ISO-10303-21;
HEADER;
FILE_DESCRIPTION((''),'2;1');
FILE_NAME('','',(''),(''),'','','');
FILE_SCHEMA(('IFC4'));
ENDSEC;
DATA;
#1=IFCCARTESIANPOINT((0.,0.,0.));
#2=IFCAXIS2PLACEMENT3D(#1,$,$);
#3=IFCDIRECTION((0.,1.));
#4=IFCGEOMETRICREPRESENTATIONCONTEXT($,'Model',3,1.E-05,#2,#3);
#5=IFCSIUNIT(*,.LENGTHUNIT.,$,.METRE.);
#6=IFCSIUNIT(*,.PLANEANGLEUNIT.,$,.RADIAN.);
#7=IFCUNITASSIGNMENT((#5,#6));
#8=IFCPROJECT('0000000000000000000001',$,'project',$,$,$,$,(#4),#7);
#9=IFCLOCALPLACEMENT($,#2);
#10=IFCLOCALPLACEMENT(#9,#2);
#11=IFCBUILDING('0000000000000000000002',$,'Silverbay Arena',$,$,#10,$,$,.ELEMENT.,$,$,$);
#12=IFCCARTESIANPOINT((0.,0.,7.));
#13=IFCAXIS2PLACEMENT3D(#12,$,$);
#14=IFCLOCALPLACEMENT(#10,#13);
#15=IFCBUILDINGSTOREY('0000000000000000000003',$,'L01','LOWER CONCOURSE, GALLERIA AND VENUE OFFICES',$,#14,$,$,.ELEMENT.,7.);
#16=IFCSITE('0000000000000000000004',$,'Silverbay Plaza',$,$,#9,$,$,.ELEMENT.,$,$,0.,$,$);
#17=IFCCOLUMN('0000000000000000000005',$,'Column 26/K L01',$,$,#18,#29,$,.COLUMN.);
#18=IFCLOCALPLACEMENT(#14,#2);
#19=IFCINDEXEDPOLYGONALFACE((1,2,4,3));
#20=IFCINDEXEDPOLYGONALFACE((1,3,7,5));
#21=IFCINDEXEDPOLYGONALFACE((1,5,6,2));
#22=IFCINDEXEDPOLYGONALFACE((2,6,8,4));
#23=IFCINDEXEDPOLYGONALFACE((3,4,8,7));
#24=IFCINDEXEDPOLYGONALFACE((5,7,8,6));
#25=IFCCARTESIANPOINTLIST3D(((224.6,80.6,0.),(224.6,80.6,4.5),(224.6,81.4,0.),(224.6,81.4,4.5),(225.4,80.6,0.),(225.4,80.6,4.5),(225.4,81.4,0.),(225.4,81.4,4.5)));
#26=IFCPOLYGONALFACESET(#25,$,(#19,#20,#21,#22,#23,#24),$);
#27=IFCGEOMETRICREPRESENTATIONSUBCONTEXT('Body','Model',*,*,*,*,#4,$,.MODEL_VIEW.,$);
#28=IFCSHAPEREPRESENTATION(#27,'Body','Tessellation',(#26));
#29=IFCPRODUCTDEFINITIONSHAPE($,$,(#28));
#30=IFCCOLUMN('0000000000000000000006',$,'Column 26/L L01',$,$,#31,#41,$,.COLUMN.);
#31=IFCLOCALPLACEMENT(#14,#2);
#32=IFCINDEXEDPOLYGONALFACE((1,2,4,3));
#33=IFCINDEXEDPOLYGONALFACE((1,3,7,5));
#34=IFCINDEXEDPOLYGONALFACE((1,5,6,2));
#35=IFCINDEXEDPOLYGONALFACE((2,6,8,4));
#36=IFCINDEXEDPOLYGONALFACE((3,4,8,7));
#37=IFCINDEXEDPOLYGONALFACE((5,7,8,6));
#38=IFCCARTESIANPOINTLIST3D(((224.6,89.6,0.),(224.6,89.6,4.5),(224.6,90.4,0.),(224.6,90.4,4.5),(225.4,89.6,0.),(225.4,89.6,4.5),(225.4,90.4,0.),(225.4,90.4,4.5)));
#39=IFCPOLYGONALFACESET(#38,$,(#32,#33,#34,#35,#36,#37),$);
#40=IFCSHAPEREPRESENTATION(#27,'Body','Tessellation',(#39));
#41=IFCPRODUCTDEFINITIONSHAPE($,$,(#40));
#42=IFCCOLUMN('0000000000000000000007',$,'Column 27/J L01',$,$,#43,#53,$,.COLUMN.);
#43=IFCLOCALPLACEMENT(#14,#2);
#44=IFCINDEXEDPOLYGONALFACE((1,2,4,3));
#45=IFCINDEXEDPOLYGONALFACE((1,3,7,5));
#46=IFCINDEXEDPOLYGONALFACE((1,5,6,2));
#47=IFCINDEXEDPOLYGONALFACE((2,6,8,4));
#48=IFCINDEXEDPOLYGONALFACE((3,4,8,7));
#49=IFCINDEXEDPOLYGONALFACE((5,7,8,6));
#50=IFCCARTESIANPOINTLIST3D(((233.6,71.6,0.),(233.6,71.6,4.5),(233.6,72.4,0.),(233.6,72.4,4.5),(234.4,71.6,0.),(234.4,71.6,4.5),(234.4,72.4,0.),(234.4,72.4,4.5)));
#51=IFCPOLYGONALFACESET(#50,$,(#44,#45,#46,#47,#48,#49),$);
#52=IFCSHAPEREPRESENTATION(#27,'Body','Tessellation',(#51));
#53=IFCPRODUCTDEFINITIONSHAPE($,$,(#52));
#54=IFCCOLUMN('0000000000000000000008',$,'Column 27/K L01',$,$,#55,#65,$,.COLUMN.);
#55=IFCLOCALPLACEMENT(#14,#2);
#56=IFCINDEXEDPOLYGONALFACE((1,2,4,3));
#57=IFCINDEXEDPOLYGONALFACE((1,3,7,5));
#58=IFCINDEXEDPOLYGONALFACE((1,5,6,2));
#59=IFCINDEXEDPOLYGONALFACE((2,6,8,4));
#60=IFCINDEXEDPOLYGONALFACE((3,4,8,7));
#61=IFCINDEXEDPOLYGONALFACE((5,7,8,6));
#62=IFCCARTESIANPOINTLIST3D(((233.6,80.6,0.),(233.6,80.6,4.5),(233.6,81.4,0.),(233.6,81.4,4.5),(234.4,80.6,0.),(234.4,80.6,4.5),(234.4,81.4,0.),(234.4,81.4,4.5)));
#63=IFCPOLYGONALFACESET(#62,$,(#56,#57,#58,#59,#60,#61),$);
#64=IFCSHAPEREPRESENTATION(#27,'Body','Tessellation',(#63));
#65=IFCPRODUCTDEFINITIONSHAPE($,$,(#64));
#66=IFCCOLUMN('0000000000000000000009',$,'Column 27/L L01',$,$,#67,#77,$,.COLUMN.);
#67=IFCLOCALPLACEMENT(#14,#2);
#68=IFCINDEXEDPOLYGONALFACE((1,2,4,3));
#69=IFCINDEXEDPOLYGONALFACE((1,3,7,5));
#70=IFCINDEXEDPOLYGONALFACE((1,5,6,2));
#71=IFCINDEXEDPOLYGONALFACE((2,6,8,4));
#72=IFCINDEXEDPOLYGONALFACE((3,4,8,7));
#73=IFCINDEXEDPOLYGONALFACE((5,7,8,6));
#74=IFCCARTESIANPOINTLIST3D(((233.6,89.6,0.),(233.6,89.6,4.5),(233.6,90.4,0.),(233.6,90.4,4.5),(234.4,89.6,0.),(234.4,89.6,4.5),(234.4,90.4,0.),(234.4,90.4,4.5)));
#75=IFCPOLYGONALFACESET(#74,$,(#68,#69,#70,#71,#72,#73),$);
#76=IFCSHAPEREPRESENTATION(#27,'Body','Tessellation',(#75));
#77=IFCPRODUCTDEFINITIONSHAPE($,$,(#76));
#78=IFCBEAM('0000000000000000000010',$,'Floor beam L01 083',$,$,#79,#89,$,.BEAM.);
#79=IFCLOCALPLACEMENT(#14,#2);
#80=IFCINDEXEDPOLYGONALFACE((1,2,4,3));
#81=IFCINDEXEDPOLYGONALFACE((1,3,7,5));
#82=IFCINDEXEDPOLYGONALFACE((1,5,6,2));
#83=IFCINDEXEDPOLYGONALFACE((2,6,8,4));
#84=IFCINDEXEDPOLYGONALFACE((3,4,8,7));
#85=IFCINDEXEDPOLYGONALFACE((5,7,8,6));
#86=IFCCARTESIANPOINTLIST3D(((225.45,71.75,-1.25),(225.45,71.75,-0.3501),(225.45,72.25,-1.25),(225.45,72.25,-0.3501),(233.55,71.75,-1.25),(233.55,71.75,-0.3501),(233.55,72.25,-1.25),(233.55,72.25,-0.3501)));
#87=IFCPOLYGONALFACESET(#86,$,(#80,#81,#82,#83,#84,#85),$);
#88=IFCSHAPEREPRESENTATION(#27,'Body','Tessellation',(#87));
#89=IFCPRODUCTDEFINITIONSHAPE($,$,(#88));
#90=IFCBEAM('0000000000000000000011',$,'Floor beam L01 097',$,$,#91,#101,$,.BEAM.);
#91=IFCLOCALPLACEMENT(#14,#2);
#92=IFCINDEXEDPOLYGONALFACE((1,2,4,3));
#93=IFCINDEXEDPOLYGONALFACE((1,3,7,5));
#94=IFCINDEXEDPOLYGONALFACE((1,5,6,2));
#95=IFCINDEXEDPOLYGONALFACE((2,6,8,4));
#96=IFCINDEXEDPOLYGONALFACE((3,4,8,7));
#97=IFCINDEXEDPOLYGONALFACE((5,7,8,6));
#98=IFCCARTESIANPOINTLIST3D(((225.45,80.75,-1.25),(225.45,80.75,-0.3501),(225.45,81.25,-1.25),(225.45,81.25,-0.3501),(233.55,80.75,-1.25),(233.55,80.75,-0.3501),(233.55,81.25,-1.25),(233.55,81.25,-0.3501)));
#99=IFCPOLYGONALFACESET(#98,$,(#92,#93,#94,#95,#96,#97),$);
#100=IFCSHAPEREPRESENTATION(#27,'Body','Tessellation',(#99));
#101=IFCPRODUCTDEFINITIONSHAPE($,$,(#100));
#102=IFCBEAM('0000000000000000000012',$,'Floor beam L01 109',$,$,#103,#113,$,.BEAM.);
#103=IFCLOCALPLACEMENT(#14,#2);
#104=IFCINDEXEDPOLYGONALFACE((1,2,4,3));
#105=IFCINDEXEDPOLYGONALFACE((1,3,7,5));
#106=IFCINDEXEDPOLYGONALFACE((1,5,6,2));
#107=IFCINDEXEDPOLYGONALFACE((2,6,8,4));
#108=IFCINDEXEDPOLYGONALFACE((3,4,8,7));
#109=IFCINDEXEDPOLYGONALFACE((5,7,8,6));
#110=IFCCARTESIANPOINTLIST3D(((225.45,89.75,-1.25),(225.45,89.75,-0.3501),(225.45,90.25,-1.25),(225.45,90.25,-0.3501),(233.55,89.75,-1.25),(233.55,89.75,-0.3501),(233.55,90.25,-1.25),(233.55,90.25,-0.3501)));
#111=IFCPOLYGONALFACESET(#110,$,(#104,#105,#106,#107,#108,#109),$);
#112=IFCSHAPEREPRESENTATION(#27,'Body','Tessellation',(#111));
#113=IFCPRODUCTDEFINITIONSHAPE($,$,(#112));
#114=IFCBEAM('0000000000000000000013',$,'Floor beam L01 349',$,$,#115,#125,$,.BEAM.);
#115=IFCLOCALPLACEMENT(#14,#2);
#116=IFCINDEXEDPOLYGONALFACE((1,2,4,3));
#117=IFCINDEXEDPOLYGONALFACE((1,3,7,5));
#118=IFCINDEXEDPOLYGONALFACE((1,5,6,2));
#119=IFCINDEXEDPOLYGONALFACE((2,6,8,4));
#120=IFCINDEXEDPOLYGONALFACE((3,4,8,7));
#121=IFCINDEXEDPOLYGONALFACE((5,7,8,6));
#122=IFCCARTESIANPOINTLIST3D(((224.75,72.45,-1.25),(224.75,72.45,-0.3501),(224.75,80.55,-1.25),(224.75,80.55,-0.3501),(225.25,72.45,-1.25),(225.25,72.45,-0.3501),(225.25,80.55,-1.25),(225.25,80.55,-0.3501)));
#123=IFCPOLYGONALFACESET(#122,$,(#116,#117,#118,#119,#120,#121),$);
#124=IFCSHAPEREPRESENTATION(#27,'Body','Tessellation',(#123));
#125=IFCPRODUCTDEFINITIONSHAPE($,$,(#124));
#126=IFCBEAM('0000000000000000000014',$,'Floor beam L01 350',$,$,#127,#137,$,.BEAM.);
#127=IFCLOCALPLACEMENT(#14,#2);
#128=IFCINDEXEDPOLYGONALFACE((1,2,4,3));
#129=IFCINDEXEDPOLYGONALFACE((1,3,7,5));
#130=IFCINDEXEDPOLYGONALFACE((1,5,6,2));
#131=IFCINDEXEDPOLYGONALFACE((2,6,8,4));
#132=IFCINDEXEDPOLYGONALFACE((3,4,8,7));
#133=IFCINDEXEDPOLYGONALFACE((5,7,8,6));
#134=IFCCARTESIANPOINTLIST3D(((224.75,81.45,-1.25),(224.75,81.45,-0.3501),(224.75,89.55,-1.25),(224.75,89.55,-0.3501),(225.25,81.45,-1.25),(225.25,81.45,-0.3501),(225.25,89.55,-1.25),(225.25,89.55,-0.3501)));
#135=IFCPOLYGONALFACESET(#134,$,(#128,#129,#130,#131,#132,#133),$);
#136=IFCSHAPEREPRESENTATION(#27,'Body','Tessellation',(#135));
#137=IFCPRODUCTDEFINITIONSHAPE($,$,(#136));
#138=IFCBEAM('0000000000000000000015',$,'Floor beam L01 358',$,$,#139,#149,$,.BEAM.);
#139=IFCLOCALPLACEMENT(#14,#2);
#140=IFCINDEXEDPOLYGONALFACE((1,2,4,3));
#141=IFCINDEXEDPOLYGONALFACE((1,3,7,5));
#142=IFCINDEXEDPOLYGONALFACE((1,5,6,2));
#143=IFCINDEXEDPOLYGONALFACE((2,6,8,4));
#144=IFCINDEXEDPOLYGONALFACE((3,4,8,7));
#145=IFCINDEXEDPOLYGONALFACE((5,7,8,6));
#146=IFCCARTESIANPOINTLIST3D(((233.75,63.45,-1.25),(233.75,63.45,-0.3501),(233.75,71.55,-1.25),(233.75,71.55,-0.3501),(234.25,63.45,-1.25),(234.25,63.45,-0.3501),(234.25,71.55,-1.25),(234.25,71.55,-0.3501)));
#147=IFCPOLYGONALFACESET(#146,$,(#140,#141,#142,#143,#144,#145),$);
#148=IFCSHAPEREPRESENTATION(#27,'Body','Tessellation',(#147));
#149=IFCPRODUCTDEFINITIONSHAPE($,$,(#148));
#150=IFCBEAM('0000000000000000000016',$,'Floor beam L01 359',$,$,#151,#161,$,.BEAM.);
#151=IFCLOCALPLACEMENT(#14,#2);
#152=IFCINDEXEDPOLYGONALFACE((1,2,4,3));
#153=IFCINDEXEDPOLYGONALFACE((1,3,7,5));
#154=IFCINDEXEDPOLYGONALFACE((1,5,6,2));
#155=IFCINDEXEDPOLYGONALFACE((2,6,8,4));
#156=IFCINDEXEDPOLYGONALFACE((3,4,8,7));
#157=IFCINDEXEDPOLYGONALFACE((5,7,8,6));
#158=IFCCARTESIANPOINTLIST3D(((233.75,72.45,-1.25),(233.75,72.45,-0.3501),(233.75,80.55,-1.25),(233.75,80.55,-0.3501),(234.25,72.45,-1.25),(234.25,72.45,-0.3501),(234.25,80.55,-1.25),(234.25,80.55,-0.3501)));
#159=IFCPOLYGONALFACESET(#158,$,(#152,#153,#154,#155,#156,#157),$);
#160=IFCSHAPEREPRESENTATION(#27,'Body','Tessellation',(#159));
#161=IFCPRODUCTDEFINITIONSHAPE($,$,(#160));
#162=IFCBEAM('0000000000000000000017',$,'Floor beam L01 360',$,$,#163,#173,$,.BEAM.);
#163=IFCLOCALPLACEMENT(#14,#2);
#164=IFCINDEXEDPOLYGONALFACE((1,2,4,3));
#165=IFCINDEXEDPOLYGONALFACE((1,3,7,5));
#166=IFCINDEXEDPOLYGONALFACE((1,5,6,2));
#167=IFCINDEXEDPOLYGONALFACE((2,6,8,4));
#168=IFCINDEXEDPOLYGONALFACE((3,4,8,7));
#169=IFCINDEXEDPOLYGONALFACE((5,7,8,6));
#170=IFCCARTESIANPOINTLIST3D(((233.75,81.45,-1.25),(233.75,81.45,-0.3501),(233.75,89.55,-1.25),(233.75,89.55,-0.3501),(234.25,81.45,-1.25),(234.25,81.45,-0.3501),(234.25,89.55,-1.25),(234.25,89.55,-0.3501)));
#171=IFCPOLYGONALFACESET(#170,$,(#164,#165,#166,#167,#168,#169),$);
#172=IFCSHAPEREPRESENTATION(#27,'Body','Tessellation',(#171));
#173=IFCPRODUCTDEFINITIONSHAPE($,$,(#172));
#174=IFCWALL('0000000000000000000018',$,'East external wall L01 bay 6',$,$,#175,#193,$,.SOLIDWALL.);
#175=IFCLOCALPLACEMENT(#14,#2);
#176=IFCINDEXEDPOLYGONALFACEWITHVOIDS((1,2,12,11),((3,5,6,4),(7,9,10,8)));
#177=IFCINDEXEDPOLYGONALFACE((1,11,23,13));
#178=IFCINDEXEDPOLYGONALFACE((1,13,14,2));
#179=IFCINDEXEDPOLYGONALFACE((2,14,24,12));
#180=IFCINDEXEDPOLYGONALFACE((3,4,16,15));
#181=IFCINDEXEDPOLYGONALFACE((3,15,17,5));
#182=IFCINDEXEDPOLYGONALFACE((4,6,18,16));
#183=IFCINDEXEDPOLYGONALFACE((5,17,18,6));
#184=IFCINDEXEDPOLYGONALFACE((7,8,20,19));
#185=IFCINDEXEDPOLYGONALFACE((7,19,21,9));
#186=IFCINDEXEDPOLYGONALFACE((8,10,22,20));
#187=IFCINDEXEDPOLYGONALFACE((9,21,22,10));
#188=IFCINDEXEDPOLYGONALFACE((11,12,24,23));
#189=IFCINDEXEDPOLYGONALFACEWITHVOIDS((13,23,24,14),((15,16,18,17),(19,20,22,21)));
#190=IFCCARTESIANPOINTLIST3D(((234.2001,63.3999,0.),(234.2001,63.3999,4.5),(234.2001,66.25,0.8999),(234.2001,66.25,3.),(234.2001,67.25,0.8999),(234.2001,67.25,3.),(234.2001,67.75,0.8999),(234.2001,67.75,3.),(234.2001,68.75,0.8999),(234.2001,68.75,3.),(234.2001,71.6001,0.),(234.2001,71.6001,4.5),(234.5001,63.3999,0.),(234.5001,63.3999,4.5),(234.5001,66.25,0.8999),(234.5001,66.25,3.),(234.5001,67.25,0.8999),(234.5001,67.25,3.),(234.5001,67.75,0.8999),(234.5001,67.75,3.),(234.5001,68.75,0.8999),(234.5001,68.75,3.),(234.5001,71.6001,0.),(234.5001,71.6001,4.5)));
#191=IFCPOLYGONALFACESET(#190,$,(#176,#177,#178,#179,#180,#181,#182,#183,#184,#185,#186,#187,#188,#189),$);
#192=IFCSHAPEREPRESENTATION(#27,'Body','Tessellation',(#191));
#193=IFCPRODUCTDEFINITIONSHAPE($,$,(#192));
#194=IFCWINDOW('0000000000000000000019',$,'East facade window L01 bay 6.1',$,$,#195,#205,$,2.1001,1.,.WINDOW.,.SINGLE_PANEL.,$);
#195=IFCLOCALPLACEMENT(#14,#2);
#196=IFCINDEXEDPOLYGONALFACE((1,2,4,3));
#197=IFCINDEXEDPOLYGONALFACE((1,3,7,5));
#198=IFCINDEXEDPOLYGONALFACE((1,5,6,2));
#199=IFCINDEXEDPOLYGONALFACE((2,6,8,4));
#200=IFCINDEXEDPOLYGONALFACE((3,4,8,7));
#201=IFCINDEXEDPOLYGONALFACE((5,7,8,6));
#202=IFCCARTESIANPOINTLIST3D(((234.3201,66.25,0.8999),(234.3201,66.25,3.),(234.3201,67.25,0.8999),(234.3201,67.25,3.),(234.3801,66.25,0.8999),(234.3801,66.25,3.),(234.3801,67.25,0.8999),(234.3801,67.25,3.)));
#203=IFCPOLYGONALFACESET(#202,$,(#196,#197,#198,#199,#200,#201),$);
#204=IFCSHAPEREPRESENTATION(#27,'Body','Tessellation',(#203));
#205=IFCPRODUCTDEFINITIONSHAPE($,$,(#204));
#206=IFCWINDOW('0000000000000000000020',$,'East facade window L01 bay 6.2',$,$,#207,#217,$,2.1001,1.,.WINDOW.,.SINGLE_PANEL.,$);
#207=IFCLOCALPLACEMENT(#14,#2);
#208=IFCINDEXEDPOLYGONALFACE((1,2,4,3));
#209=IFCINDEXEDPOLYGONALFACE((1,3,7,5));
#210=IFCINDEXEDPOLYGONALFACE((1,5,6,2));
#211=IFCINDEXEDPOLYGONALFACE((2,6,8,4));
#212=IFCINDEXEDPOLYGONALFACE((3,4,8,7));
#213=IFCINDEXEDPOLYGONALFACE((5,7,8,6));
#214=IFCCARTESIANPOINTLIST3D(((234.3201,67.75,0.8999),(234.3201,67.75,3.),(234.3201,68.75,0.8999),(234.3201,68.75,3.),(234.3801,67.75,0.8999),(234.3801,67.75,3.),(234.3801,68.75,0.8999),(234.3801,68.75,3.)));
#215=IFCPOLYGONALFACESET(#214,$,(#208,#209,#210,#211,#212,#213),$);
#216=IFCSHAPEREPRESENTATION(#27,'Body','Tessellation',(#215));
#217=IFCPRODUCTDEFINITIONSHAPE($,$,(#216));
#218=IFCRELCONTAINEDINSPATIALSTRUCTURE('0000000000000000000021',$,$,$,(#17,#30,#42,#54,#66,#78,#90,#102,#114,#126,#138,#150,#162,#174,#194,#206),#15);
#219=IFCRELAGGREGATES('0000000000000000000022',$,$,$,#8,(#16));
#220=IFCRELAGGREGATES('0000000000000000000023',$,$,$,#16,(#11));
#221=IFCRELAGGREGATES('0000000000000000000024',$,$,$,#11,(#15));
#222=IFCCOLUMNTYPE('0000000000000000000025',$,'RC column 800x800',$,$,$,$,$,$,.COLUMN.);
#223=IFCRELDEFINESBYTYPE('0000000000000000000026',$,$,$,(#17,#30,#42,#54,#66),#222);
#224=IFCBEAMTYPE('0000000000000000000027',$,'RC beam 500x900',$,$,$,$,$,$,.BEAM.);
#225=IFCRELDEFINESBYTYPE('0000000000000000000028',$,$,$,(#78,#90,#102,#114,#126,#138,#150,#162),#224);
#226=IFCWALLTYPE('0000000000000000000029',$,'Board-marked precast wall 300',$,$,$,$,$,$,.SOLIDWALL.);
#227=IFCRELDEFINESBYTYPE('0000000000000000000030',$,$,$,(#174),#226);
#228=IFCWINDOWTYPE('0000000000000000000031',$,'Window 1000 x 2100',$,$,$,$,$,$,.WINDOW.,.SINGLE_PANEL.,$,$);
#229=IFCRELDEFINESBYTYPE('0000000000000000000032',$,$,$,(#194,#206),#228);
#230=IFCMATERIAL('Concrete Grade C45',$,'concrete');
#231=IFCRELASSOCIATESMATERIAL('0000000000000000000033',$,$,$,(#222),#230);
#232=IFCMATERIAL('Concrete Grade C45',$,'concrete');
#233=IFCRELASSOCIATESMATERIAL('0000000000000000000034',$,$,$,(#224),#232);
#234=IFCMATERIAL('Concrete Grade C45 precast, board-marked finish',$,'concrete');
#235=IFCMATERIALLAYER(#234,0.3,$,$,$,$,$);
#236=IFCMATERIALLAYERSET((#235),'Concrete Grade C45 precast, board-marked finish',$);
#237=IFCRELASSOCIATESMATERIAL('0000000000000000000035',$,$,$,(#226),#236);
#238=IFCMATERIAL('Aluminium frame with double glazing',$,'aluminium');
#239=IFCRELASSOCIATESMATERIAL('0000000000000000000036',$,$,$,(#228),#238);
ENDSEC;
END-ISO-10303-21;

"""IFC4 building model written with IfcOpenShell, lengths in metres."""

from ifc_helpers import new_model, si_unit, direction, frame, frame_2d, origin, origin_2d, place, context, subcontext, project, spatial, rectangle, extrude, material, layer, layer_set, material_profile, profile_set, type_object, element, fill, save


model = new_model("IFC4")

# Units and contexts
model_context = context("Model", 3, precision=1e-05, world=origin(), true_north=direction((0.0, 1.0)))
body_context = subcontext(model_context, "Body", "Model", "MODEL_VIEW")
ifc_project = project(units=[si_unit("LENGTHUNIT", "METRE"), si_unit("PLANEANGLEUNIT", "RADIAN")], contexts=[model_context])

# Site, building, storey
site_placement = place(None, origin())
site = spatial("IfcSite", under=ifc_project, at=site_placement, Name="Silverbay Plaza", CompositionType="ELEMENT", RefElevation=0.0)
building_placement = place(site_placement, origin())
building = spatial("IfcBuilding", under=site, at=building_placement, Name="Silverbay Arena", CompositionType="ELEMENT")
storey_placement = place(building_placement, frame((0.0, 0.0, 7.0)))
storey = spatial("IfcBuildingStorey", under=building, at=storey_placement, Name="L01", Description="LOWER CONCOURSE, GALLERIA AND VENUE OFFICES", CompositionType="ELEMENT", Elevation=7.0)

# Columns
ifc_material_1 = material(Name="Concrete Grade C45", Category="concrete")
ifc_material_profile_1 = material_profile(ifc_material_1, rectangle(XDim=0.8, YDim=0.8, at=origin_2d()), Name="RC 800x800")
ifc_profile_set_1 = profile_set([ifc_material_profile_1], Name="Concrete Grade C45")
column_type = type_object("IfcColumnType", Name="RC column 800x800", PredefinedType="COLUMN", material=ifc_profile_set_1)
for number, where, z_axis, x_axis, name in (
    (1, (225.0, 81.0, 0.0), (0.0, 0.0, 1.0), (1.0, 0.0, 0.0), "Column 26/K L01"),
    (2, (225.0, 90.0, 0.0), (0.0, 0.0, 1.0), (1.0, 0.0, 0.0), "Column 26/L L01"),
    (3, (234.0, 72.0, 0.0), (0.0, 0.0, 1.0), (1.0, 0.0, 0.0), "Column 27/J L01"),
    (4, (234.0, 81.0, 0.0), (0.0, 0.0, 1.0), (1.0, 0.0, 0.0), "Column 27/K L01"),
    (5, (234.0, 90.0, 0.0), (0.0, 0.0, 1.0), (1.0, 0.0, 0.0), "Column 27/L L01"),
):
    element("IfcColumn", number, at=place(storey_placement, frame(where, z_axis=z_axis, x_axis=x_axis)), inside=storey, type_object=column_type, Name=name, PredefinedType="COLUMN", context=body_context, shape_type="SweptSolid", body=[
        extrude(rectangle(XDim=0.8, YDim=0.8, at=origin_2d()), origin(), (0.0, 0.0, 1.0), 4.5),
    ])

# Beams
ifc_material_2 = material(Name="Concrete Grade C45", Category="concrete")
ifc_material_profile_2 = material_profile(ifc_material_2, rectangle(XDim=0.5, YDim=0.8999, at=origin_2d()), Name="RC 500x900")
ifc_profile_set_2 = profile_set([ifc_material_profile_2], Name="Concrete Grade C45")
beam_type = type_object("IfcBeamType", Name="RC beam 500x900", PredefinedType="BEAM", material=ifc_profile_set_2)
for number, where, z_axis, x_axis, name in (
    (6, (225.45, 72.0, -0.8), (1.0, 0.0, 0.0), (0.0, 1.0, 0.0), "Floor beam L01 083"),
    (7, (225.45, 81.0, -0.8), (1.0, 0.0, 0.0), (0.0, 1.0, 0.0), "Floor beam L01 097"),
    (8, (225.45, 90.0, -0.8), (1.0, 0.0, 0.0), (0.0, 1.0, 0.0), "Floor beam L01 109"),
    (9, (225.0, 72.45, -0.8), (0.0, 1.0, 0.0), (-1.0, 0.0, 0.0), "Floor beam L01 349"),
    (10, (225.0, 81.45, -0.8), (0.0, 1.0, 0.0), (-1.0, 0.0, 0.0), "Floor beam L01 350"),
    (11, (234.0, 63.45, -0.8), (0.0, 1.0, 0.0), (-1.0, 0.0, 0.0), "Floor beam L01 358"),
    (12, (234.0, 72.45, -0.8), (0.0, 1.0, 0.0), (-1.0, 0.0, 0.0), "Floor beam L01 359"),
    (13, (234.0, 81.45, -0.8), (0.0, 1.0, 0.0), (-1.0, 0.0, 0.0), "Floor beam L01 360"),
):
    element("IfcBeam", number, at=place(storey_placement, frame(where, z_axis=z_axis, x_axis=x_axis)), inside=storey, type_object=beam_type, Name=name, PredefinedType="BEAM", context=body_context, shape_type="SweptSolid", body=[
        extrude(rectangle(XDim=0.5, YDim=0.8999, at=origin_2d()), origin(), (0.0, 0.0, 1.0), 8.1001),
    ])

# Wall, openings, windows
ifc_material_3 = material(Name="Concrete Grade C45 precast, board-marked finish", Category="concrete")
ifc_layer_1 = layer(ifc_material_3, 0.3)
ifc_layer_set_1 = layer_set([ifc_layer_1], Name="Concrete Grade C45 precast, board-marked finish")
wall_type_1 = type_object("IfcWallType", Name="Board-marked precast wall 300", PredefinedType="SOLIDWALL", material=ifc_layer_set_1)
wall_1_placement = place(storey_placement, frame((234.3501, 63.3999, 0.0), z_axis=(0.0, 0.0, 1.0), x_axis=(0.0, 1.0, 0.0)))
wall_1 = element("IfcWall", 14, at=wall_1_placement, inside=storey, type_object=wall_type_1, Name="East external wall L01 bay 6", PredefinedType="SOLIDWALL", context=body_context, shape_type="SweptSolid", body=[
    extrude(rectangle(XDim=8.2002, YDim=0.3, at=frame_2d((4.1001, 0.0))), origin(), (0.0, 0.0, 1.0), 4.5),
])
opening_1_placement = place(wall_1_placement, frame((2.8501, 0.0, 0.8999)))
opening_1 = element("IfcOpeningElement", 15, at=opening_1_placement, cuts=wall_1, PredefinedType="OPENING", context=body_context, shape_type="SweptSolid", body=[
    extrude(rectangle(XDim=1.0, YDim=2.1001, at=frame_2d((0.5, 1.05))), frame((0.0, 0.1602, 0.0), z_axis=(0.0, -1.0, 0.0), x_axis=(1.0, 0.0, 0.0)), (0.0, 0.0, 1.0), 0.3201),
])
opening_2_placement = place(wall_1_placement, frame((4.3501, 0.0, 0.8999)))
opening_2 = element("IfcOpeningElement", 16, at=opening_2_placement, cuts=wall_1, PredefinedType="OPENING", context=body_context, shape_type="SweptSolid", body=[
    extrude(rectangle(XDim=1.0, YDim=2.1001, at=frame_2d((0.5, 1.05))), frame((0.0, 0.1602, 0.0), z_axis=(0.0, -1.0, 0.0), x_axis=(1.0, 0.0, 0.0)), (0.0, 0.0, 1.0), 0.3201),
])
ifc_material_4 = material(Name="Aluminium frame with double glazing", Category="aluminium")
window_type = type_object("IfcWindowType", Name="Window 1000 x 2100", PartitioningType="SINGLE_PANEL", PredefinedType="WINDOW", material=ifc_material_4)
window_1_placement = place(opening_1_placement, origin())
window_1 = element("IfcWindow", 17, at=window_1_placement, inside=storey, type_object=window_type, Name="East facade window L01 bay 6.1", OverallHeight=2.1001, OverallWidth=1.0, PartitioningType="SINGLE_PANEL", PredefinedType="WINDOW", context=body_context, shape_type="SweptSolid", body=[
    extrude(rectangle(XDim=1.0, YDim=2.1001, at=frame_2d((0.5, 1.05))), frame((0.0, 0.03, 0.0), z_axis=(0.0, -1.0, 0.0), x_axis=(1.0, 0.0, 0.0)), (0.0, 0.0, 1.0), 0.0601),
])
fill(opening_1, window_1)
window_2_placement = place(opening_2_placement, origin())
window_2 = element("IfcWindow", 18, at=window_2_placement, inside=storey, type_object=window_type, Name="East facade window L01 bay 6.2", OverallHeight=2.1001, OverallWidth=1.0, PartitioningType="SINGLE_PANEL", PredefinedType="WINDOW", context=body_context, shape_type="SweptSolid", body=[
    extrude(rectangle(XDim=1.0, YDim=2.1001, at=frame_2d((0.5, 1.05))), frame((0.0, 0.03, 0.0), z_axis=(0.0, -1.0, 0.0), x_axis=(1.0, 0.0, 0.0)), (0.0, 0.0, 1.0), 0.0601),
])
fill(opening_2, window_2)

save(model, "model.ifc")
